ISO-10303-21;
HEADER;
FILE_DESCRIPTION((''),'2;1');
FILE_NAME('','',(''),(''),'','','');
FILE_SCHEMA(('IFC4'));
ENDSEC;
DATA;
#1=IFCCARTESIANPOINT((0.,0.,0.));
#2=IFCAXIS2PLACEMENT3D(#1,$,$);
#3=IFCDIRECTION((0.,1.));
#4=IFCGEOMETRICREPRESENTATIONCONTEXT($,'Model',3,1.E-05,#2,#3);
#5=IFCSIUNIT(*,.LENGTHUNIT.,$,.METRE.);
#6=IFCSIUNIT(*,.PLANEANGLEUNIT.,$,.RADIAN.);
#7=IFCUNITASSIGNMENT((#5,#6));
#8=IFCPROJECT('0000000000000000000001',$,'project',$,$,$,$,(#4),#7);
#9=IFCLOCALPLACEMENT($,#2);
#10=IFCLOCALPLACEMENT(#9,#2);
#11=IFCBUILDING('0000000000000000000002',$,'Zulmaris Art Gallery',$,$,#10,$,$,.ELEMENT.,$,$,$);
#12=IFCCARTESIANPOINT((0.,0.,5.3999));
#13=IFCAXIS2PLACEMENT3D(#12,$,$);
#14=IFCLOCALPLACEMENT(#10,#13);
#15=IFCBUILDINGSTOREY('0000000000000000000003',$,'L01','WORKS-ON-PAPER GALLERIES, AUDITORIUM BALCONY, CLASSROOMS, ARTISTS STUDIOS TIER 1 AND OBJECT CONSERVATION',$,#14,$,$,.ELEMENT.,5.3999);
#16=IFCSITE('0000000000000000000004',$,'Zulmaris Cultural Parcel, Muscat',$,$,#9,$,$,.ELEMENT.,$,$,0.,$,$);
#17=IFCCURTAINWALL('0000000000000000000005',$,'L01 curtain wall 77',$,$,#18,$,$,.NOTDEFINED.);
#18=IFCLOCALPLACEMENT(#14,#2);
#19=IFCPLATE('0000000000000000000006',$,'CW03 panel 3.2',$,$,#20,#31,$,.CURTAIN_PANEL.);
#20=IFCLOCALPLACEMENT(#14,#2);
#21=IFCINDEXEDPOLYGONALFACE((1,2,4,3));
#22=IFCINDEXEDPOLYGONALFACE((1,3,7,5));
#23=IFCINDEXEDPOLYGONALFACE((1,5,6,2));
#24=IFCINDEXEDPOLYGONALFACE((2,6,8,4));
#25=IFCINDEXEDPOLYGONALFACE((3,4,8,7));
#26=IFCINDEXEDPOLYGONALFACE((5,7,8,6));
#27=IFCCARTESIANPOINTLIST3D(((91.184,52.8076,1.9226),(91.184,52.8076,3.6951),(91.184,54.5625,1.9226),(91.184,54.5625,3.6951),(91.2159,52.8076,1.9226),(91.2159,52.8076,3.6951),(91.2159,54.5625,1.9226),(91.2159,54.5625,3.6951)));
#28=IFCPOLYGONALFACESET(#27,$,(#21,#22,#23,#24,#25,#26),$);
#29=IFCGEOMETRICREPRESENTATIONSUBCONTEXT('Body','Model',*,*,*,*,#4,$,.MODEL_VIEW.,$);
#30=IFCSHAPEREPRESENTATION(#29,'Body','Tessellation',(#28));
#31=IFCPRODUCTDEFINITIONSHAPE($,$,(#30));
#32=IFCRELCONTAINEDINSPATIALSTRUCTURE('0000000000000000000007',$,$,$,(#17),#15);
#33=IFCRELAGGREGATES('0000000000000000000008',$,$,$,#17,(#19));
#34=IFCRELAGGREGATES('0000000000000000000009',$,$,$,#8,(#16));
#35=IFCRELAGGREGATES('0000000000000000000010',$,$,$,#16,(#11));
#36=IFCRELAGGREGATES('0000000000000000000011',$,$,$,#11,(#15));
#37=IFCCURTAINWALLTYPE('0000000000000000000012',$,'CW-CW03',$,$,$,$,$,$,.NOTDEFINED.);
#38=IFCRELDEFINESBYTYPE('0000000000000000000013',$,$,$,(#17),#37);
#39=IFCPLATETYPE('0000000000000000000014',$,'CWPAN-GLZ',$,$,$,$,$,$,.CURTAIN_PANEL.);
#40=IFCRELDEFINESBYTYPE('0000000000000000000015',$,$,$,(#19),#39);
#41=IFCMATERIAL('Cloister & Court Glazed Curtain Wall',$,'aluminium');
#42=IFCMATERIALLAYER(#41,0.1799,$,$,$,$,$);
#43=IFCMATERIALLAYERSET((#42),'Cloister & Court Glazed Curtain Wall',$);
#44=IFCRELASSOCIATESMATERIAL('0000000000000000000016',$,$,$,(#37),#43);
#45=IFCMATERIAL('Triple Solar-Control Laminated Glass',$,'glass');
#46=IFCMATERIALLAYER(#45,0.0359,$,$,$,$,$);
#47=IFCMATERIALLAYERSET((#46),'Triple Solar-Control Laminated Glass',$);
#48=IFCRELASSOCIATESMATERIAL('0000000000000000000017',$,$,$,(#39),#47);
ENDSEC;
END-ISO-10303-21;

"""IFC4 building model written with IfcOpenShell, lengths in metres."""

from ifc_helpers import new_model, si_unit, direction, frame, origin, origin_2d, place, context, subcontext, project, spatial, rectangle, extrude, material, layer, layer_set, type_object, element, aggregate, save


model = new_model("IFC4")

# Units and contexts
model_context = context("Model", 3, precision=1e-05, world=origin(), true_north=direction((0.0, 1.0)))
body_context = subcontext(model_context, "Body", "Model", "MODEL_VIEW")
ifc_project = project(units=[si_unit("LENGTHUNIT", "METRE"), si_unit("PLANEANGLEUNIT", "RADIAN")], contexts=[model_context])

# Site, building, storey
site_placement = place(None, origin())
site = spatial("IfcSite", under=ifc_project, at=site_placement, Name="Zulmaris Cultural Parcel, Muscat", CompositionType="ELEMENT", RefElevation=0.0)
building_placement = place(site_placement, origin())
building = spatial("IfcBuilding", under=site, at=building_placement, Name="Zulmaris Art Gallery", CompositionType="ELEMENT")
storey_placement = place(building_placement, frame((0.0, 0.0, 5.3999)))
storey = spatial("IfcBuildingStorey", under=building, at=storey_placement, Name="L01", Description="WORKS-ON-PAPER GALLERIES, AUDITORIUM BALCONY, CLASSROOMS, ARTISTS STUDIOS TIER 1 AND OBJECT CONSERVATION", CompositionType="ELEMENT", Elevation=5.3999)

# Curtain wall
ifc_material_1 = material(Name="Cloister & Court Glazed Curtain Wall", Category="aluminium")
ifc_layer_1 = layer(ifc_material_1, 0.1799)
ifc_layer_set_1 = layer_set([ifc_layer_1], Name="Cloister & Court Glazed Curtain Wall")
curtain_wall_type = type_object("IfcCurtainWallType", Name="CW-CW03", PredefinedType="NOTDEFINED", material=ifc_layer_set_1)
curtain_wall_1_placement = place(storey_placement, origin())
curtain_wall_1 = element("IfcCurtainWall", 1, at=curtain_wall_1_placement, inside=storey, type_object=curtain_wall_type, Name="L01 curtain wall 77", PredefinedType="NOTDEFINED")

# Plate
ifc_material_2 = material(Name="Triple Solar-Control Laminated Glass", Category="glass")
ifc_layer_2 = layer(ifc_material_2, 0.0359)
ifc_layer_set_2 = layer_set([ifc_layer_2], Name="Triple Solar-Control Laminated Glass")
plate_type = type_object("IfcPlateType", Name="CWPAN-GLZ", PredefinedType="CURTAIN_PANEL", material=ifc_layer_set_2)
plate_1_placement = place(storey_placement, frame((91.2, 53.6851, 1.9226), z_axis=(0.0, 0.0, 1.0), x_axis=(0.0, -1.0, 0.0)))
plate_1 = element("IfcPlate", 2, at=plate_1_placement, type_object=plate_type, Name="CW03 panel 3.2", PredefinedType="CURTAIN_PANEL", context=body_context, shape_type="SweptSolid", body=[
    extrude(rectangle(XDim=1.7549, YDim=0.032, at=origin_2d()), origin(), (0.0, 0.0, 1.0), 1.7725),
])
aggregate(curtain_wall_1, [plate_1])

save(model, "model.ifc")
